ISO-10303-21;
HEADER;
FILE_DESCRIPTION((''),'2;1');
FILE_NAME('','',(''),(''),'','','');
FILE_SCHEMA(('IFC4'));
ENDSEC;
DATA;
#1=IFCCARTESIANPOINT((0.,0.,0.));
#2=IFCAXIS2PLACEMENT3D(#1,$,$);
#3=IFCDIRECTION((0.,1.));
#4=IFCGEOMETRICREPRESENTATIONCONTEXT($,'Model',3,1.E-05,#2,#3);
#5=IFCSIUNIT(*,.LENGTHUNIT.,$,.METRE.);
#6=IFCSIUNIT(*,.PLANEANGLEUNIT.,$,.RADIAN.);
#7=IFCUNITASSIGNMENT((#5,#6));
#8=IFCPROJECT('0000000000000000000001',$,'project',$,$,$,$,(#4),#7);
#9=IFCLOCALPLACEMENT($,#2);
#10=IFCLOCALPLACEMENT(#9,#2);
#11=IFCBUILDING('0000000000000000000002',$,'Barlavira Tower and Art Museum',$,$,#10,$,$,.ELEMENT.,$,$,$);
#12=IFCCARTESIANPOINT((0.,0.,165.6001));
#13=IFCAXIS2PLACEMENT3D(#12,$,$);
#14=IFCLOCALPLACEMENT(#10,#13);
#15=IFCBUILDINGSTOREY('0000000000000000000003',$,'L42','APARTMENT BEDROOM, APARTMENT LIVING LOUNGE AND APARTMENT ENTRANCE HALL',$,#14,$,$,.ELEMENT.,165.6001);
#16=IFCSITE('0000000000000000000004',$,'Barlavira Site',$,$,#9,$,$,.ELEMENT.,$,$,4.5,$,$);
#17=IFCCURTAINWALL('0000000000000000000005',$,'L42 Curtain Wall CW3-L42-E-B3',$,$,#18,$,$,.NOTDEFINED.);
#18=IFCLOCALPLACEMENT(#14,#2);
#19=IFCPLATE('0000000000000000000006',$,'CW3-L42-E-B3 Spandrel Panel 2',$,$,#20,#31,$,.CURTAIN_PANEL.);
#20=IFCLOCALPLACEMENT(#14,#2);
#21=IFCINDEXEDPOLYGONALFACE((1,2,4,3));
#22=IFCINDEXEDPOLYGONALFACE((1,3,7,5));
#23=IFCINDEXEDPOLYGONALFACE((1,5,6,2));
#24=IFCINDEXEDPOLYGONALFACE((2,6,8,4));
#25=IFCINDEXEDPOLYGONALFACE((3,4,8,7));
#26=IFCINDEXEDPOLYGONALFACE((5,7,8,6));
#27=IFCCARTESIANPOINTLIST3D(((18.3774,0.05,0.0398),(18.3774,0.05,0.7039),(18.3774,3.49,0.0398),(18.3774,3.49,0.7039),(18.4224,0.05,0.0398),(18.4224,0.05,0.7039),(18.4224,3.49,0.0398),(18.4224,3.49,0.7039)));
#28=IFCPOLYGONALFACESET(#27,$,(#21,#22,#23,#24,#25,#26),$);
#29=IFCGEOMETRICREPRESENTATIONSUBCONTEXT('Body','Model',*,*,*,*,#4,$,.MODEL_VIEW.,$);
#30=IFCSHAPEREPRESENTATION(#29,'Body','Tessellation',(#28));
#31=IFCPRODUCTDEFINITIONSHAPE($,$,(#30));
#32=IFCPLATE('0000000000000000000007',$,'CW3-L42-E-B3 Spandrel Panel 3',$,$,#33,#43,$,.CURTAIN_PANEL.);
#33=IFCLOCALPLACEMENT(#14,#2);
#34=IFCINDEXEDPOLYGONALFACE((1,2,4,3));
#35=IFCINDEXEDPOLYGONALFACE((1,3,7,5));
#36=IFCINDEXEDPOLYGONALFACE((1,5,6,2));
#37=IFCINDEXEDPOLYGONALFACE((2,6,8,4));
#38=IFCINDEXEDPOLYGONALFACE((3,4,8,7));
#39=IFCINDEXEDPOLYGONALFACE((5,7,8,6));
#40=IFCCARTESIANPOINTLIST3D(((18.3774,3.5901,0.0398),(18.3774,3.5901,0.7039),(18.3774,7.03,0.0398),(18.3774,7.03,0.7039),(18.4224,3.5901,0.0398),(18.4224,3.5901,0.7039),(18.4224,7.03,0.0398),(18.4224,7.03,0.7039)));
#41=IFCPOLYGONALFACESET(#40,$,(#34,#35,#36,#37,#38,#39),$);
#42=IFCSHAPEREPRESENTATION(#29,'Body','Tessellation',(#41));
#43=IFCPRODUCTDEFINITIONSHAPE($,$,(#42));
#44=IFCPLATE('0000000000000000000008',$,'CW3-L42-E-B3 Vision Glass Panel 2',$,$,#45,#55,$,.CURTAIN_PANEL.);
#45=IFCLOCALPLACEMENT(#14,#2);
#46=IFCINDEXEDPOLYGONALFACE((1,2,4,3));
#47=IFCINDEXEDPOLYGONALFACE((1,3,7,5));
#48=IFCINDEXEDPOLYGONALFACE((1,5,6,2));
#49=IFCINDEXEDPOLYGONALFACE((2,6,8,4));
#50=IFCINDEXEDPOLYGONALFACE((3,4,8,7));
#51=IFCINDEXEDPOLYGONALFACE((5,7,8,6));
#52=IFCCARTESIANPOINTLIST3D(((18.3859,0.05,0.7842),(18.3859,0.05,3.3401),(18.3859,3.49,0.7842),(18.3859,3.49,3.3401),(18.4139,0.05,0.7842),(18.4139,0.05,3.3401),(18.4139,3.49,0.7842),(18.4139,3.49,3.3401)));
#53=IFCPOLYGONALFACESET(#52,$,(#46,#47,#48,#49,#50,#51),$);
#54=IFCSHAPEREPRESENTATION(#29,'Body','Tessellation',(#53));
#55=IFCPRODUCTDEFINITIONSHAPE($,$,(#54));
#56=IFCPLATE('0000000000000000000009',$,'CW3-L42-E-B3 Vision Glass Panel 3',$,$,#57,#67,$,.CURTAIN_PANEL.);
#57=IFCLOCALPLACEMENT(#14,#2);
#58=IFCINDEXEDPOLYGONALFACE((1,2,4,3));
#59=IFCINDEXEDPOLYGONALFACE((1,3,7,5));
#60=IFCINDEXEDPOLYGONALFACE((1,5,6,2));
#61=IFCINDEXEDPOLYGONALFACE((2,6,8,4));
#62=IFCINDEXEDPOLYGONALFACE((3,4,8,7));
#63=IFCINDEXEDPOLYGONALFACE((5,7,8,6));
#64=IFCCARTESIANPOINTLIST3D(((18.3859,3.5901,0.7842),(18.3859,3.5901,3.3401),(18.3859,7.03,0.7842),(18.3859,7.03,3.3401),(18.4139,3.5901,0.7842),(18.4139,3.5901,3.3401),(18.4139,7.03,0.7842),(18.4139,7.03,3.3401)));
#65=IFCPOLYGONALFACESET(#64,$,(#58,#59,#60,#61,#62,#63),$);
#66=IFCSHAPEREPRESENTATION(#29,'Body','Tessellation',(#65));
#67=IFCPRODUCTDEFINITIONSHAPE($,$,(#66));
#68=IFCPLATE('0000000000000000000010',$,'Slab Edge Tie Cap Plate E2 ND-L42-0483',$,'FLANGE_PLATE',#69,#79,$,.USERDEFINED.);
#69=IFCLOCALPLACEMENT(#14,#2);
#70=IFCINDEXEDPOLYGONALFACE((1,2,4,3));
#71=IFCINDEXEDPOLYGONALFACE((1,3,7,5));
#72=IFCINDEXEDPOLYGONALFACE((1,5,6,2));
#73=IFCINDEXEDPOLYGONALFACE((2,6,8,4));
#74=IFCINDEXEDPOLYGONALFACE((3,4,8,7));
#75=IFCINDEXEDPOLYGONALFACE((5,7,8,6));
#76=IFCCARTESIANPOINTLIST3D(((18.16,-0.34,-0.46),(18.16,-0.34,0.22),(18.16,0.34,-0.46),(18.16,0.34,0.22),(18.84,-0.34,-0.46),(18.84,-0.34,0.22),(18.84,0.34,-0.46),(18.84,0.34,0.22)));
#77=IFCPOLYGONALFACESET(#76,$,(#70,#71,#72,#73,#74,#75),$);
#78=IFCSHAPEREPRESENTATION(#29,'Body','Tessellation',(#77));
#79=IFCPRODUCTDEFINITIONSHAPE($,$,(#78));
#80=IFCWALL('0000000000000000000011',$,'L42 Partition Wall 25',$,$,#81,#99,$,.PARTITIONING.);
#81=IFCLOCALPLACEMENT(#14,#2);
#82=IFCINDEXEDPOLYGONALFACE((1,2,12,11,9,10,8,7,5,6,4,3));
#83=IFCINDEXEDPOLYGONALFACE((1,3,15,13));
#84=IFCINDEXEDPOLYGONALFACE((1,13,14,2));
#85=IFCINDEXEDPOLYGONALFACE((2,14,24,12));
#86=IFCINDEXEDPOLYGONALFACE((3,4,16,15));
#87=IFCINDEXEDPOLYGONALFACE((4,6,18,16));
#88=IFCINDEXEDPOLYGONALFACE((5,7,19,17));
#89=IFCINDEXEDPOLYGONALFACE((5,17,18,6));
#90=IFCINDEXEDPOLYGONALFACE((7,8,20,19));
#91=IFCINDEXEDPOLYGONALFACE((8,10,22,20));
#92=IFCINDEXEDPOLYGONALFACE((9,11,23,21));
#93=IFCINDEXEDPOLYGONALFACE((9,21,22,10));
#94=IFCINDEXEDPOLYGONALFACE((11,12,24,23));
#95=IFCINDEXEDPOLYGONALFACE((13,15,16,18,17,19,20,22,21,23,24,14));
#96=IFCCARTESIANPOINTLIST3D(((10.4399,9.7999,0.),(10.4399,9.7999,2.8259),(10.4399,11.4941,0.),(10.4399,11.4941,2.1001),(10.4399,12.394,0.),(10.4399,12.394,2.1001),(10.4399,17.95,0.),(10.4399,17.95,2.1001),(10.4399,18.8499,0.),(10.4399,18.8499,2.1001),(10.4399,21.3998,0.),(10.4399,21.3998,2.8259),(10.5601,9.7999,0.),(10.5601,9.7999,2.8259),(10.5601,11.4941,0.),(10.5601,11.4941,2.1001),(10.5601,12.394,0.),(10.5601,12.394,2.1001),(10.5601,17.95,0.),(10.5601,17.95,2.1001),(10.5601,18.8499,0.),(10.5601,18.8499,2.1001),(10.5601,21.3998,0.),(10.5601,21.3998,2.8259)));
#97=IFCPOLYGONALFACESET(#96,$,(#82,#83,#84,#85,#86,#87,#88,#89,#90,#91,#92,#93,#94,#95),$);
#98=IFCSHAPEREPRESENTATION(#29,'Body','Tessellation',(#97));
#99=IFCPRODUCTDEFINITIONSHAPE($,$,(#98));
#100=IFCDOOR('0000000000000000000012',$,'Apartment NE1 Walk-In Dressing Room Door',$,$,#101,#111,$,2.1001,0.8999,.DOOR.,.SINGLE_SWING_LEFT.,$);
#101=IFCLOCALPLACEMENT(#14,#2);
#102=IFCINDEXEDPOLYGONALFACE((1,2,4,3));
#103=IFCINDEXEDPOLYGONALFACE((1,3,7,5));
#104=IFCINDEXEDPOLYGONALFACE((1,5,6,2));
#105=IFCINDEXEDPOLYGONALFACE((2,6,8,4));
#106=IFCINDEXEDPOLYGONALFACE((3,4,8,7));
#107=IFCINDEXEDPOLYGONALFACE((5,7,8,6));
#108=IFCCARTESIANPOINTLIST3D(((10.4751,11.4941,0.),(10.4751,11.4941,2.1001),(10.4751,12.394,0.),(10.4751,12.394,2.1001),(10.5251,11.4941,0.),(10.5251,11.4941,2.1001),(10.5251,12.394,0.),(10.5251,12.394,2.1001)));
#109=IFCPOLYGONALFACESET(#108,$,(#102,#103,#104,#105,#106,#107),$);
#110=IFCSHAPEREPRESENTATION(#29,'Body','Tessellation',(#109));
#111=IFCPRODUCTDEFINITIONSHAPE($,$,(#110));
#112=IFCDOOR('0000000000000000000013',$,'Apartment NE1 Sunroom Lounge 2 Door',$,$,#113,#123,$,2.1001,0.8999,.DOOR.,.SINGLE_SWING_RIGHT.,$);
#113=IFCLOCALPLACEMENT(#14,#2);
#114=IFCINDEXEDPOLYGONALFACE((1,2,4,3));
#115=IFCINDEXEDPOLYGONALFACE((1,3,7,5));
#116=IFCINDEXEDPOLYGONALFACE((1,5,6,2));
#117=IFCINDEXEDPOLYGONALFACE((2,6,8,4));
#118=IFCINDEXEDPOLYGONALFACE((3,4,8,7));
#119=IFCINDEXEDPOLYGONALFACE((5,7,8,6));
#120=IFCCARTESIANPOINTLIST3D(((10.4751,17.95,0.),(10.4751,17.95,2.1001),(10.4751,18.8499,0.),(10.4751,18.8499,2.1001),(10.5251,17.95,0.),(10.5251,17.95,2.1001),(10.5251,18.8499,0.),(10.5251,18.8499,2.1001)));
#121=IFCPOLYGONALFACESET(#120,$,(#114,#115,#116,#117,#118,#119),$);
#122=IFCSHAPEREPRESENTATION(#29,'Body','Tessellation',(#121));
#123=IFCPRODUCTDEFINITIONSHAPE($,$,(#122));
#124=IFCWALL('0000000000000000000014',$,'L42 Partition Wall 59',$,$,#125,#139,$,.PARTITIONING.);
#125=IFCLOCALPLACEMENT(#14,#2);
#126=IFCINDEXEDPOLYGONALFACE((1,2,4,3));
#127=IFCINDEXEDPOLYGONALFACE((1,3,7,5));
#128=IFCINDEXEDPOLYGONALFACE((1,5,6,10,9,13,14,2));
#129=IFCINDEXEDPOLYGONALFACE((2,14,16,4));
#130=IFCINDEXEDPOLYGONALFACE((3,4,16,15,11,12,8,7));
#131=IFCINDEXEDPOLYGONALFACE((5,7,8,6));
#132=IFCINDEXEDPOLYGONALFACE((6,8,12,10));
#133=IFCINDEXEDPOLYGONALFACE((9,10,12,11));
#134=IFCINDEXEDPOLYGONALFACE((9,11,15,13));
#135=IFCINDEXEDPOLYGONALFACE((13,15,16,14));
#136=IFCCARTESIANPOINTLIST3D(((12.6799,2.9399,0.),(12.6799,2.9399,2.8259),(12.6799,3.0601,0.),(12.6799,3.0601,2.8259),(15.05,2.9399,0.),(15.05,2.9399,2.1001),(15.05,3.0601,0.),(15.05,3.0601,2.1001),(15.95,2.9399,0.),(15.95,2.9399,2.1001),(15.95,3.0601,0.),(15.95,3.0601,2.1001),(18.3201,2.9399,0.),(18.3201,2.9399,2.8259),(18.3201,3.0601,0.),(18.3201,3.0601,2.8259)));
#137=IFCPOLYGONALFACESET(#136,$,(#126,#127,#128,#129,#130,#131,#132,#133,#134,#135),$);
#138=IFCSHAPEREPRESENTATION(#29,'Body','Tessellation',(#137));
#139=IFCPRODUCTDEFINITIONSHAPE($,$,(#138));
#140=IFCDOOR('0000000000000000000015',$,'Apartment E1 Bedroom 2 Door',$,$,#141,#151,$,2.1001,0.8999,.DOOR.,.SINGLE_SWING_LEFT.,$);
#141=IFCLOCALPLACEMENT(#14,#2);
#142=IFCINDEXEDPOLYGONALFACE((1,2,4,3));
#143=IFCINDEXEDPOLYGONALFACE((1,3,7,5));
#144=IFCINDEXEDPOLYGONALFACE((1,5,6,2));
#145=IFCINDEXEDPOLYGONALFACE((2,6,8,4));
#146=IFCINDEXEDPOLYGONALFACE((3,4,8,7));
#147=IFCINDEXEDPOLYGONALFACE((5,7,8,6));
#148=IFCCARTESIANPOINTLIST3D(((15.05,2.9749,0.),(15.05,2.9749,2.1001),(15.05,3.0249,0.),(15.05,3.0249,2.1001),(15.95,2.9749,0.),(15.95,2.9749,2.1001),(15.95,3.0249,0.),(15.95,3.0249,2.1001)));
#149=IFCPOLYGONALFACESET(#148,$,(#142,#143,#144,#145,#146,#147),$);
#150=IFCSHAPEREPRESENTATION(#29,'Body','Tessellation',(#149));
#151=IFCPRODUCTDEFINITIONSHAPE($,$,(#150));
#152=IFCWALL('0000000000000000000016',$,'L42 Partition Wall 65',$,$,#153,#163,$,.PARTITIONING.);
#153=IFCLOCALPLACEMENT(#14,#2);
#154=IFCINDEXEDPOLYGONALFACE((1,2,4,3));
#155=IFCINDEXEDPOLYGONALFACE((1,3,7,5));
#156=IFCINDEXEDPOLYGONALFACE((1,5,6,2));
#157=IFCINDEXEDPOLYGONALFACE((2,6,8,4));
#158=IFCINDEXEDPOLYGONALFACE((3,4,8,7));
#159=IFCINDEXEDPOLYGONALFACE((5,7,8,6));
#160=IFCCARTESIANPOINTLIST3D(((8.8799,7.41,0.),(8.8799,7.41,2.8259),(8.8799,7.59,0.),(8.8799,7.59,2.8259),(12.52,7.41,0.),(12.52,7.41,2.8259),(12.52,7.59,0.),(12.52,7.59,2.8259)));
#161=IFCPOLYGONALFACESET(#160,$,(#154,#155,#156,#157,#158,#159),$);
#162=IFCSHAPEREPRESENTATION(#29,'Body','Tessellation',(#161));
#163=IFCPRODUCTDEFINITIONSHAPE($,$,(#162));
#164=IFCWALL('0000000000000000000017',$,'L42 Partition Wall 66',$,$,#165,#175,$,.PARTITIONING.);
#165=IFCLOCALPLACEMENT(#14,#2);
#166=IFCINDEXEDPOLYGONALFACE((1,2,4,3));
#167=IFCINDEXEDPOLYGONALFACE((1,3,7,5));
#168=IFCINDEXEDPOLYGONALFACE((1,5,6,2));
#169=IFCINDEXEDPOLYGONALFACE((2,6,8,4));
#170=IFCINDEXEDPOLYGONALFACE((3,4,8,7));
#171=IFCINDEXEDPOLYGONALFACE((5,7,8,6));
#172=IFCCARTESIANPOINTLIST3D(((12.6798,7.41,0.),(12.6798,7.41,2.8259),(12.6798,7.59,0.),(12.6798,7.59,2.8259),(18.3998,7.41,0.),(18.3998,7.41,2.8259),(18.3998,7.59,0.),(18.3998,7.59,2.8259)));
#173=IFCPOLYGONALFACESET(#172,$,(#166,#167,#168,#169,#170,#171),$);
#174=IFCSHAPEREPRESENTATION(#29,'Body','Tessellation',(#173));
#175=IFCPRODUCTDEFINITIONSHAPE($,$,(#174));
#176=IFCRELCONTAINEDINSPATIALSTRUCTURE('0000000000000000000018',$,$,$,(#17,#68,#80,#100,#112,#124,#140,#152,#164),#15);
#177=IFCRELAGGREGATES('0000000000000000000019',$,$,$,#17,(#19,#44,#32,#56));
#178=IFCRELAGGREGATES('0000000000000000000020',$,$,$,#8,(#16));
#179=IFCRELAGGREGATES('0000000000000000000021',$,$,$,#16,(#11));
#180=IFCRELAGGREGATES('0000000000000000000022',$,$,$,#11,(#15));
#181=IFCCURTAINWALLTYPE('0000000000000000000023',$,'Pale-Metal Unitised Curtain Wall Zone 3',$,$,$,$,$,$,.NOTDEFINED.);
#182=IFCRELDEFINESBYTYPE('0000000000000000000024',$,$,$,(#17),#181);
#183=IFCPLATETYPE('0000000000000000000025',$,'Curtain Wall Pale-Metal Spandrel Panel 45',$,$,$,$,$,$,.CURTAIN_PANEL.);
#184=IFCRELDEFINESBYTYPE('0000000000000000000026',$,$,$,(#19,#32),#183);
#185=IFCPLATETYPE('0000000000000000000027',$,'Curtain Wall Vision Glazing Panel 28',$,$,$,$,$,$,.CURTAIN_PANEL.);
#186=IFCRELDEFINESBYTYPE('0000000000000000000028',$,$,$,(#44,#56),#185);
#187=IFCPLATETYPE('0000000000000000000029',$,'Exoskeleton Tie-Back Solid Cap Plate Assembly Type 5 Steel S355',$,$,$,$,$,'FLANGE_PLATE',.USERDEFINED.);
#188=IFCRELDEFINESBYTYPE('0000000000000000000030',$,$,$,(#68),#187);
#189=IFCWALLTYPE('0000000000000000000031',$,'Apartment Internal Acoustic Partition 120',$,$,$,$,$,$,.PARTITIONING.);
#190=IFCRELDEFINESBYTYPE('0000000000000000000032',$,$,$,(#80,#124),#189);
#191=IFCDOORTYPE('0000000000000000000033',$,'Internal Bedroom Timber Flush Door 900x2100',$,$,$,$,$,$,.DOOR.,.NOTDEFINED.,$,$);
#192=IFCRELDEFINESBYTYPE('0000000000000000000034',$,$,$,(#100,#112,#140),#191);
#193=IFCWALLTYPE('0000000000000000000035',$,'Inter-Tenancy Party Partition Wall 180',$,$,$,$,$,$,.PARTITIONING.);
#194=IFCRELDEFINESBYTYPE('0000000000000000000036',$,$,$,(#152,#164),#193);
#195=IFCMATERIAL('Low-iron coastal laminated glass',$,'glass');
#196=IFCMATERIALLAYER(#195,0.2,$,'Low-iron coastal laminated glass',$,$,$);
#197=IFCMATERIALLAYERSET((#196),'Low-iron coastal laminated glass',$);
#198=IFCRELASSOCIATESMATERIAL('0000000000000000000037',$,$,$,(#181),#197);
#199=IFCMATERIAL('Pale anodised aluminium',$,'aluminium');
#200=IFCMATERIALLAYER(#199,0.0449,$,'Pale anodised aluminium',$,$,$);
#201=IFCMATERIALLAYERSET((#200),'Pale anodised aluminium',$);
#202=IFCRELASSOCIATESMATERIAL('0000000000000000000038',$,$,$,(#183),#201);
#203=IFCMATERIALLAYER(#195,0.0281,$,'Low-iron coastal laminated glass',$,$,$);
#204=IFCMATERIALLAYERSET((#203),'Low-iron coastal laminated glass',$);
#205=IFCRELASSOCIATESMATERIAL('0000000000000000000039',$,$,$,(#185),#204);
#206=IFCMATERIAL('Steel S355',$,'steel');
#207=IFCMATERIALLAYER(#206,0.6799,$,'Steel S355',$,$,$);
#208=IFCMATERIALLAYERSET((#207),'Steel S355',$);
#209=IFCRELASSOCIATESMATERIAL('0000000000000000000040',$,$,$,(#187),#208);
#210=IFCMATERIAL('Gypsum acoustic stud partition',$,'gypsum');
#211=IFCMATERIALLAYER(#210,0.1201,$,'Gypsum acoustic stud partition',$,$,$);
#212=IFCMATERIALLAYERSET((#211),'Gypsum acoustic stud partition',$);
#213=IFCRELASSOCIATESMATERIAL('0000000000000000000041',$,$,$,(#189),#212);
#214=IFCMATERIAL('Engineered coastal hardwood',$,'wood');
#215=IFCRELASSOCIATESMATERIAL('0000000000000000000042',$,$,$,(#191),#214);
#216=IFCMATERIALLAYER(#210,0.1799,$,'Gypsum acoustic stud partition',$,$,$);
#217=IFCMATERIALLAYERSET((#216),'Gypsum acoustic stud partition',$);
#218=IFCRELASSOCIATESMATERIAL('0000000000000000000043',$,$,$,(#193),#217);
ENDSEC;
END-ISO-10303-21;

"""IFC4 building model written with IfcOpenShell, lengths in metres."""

from ifc_helpers import new_model, si_unit, direction, frame, frame_2d, origin, origin_2d, place, context, subcontext, project, spatial, rectangle, extrude, material, layer, layer_set, type_object, element, fill, aggregate, save


model = new_model("IFC4")

# Units and contexts
model_context = context("Model", 3, precision=1e-05, world=origin(), true_north=direction((0.0, 1.0)))
body_context = subcontext(model_context, "Body", "Model", "MODEL_VIEW")
ifc_project = project(units=[si_unit("LENGTHUNIT", "METRE"), si_unit("PLANEANGLEUNIT", "RADIAN")], contexts=[model_context])

# Site, building, storey
site_placement = place(None, origin())
site = spatial("IfcSite", under=ifc_project, at=site_placement, Name="Barlavira Site", CompositionType="ELEMENT", RefElevation=4.5)
building_placement = place(site_placement, origin())
building = spatial("IfcBuilding", under=site, at=building_placement, Name="Barlavira Tower and Art Museum", CompositionType="ELEMENT")
storey_placement = place(building_placement, frame((0.0, 0.0, 165.6001)))
storey = spatial("IfcBuildingStorey", under=building, at=storey_placement, Name="L42", Description="APARTMENT BEDROOM, APARTMENT LIVING LOUNGE AND APARTMENT ENTRANCE HALL", CompositionType="ELEMENT", Elevation=165.6001)

# Curtain wall
ifc_material_1 = material(Name="Low-iron coastal laminated glass", Category="glass")
ifc_layer_1 = layer(ifc_material_1, 0.2, Name="Low-iron coastal laminated glass")
ifc_layer_set_1 = layer_set([ifc_layer_1], Name="Low-iron coastal laminated glass")
curtain_wall_type = type_object("IfcCurtainWallType", Name="Pale-Metal Unitised Curtain Wall Zone 3", PredefinedType="NOTDEFINED", material=ifc_layer_set_1)
curtain_wall_placement = place(storey_placement, origin())
curtain_wall = element("IfcCurtainWall", 1, at=curtain_wall_placement, inside=storey, type_object=curtain_wall_type, Name="L42 Curtain Wall CW3-L42-E-B3", PredefinedType="NOTDEFINED")
ifc_material_2 = material(Name="Pale anodised aluminium", Category="aluminium")

# Shared definitions
ifc_material_3 = material(Name="Steel S355", Category="steel")

# Plates
ifc_layer_2 = layer(ifc_material_2, 0.0449, Name="Pale anodised aluminium")
ifc_layer_set_2 = layer_set([ifc_layer_2], Name="Pale anodised aluminium")
plate_type_1 = type_object("IfcPlateType", Name="Curtain Wall Pale-Metal Spandrel Panel 45", PredefinedType="CURTAIN_PANEL", material=ifc_layer_set_2)
plate_1_placement = place(storey_placement, frame((18.3999, 1.77, 0.0398), z_axis=(0.0, 0.0, 1.0), x_axis=(0.0, 1.0, 0.0)))
plate_1 = element("IfcPlate", 2, at=plate_1_placement, type_object=plate_type_1, Name="CW3-L42-E-B3 Spandrel Panel 2", PredefinedType="CURTAIN_PANEL", context=body_context, shape_type="SweptSolid", body=[
    extrude(rectangle(XDim=3.4399, YDim=0.0449, at=origin_2d()), origin(), (0.0, 0.0, 1.0), 0.6641),
])
plate_2_placement = place(storey_placement, frame((18.3999, 5.3101, 0.0398), z_axis=(0.0, 0.0, 1.0), x_axis=(0.0, 1.0, 0.0)))
plate_2 = element("IfcPlate", 3, at=plate_2_placement, type_object=plate_type_1, Name="CW3-L42-E-B3 Spandrel Panel 3", PredefinedType="CURTAIN_PANEL", context=body_context, shape_type="SweptSolid", body=[
    extrude(rectangle(XDim=3.4399, YDim=0.0449, at=origin_2d()), origin(), (0.0, 0.0, 1.0), 0.6641),
])
ifc_layer_3 = layer(ifc_material_1, 0.0281, Name="Low-iron coastal laminated glass")
ifc_layer_set_3 = layer_set([ifc_layer_3], Name="Low-iron coastal laminated glass")
plate_type_2 = type_object("IfcPlateType", Name="Curtain Wall Vision Glazing Panel 28", PredefinedType="CURTAIN_PANEL", material=ifc_layer_set_3)
plate_3_placement = place(storey_placement, frame((18.3999, 1.77, 0.7842), z_axis=(0.0, 0.0, 1.0), x_axis=(0.0, 1.0, 0.0)))
plate_3 = element("IfcPlate", 4, at=plate_3_placement, type_object=plate_type_2, Name="CW3-L42-E-B3 Vision Glass Panel 2", PredefinedType="CURTAIN_PANEL", context=body_context, shape_type="SweptSolid", body=[
    extrude(rectangle(XDim=3.4399, YDim=0.0281, at=origin_2d()), origin(), (0.0, 0.0, 1.0), 2.5559),
])
plate_4_placement = place(storey_placement, frame((18.3999, 5.3101, 0.7842), z_axis=(0.0, 0.0, 1.0), x_axis=(0.0, 1.0, 0.0)))
plate_4 = element("IfcPlate", 5, at=plate_4_placement, type_object=plate_type_2, Name="CW3-L42-E-B3 Vision Glass Panel 3", PredefinedType="CURTAIN_PANEL", context=body_context, shape_type="SweptSolid", body=[
    extrude(rectangle(XDim=3.4399, YDim=0.0281, at=origin_2d()), origin(), (0.0, 0.0, 1.0), 2.5559),
])
aggregate(curtain_wall, [plate_1, plate_3, plate_2, plate_4])
ifc_layer_4 = layer(ifc_material_3, 0.6799, Name="Steel S355")
ifc_layer_set_4 = layer_set([ifc_layer_4], Name="Steel S355")
plate_type_3 = type_object("IfcPlateType", Name="Exoskeleton Tie-Back Solid Cap Plate Assembly Type 5 Steel S355", ElementType="FLANGE_PLATE", PredefinedType="USERDEFINED", material=ifc_layer_set_4)
plate_5_placement = place(storey_placement, frame((18.5, 0.0, -0.46), z_axis=(0.0, 0.0, 1.0), x_axis=(1.0, 0.0, 0.0)))
element("IfcPlate", 6, at=plate_5_placement, inside=storey, type_object=plate_type_3, Name="Slab Edge Tie Cap Plate E2 ND-L42-0483", ObjectType="FLANGE_PLATE", PredefinedType="USERDEFINED", context=body_context, shape_type="SweptSolid", body=[
    extrude(rectangle(XDim=0.6799, YDim=0.6799, at=origin_2d()), origin(), (0.0, 0.0, 1.0), 0.6799),
])

# Wall, openings, doors
ifc_material_4 = material(Name="Gypsum acoustic stud partition", Category="gypsum")
ifc_layer_5 = layer(ifc_material_4, 0.1201, Name="Gypsum acoustic stud partition")
ifc_layer_set_5 = layer_set([ifc_layer_5], Name="Gypsum acoustic stud partition")
wall_type_1 = type_object("IfcWallType", Name="Apartment Internal Acoustic Partition 120", PredefinedType="PARTITIONING", material=ifc_layer_set_5)
wall_1_placement = place(storey_placement, frame((10.5, 9.8, 0.0), z_axis=(0.0, 0.0, 1.0), x_axis=(0.0, 1.0, 0.0)))
wall_1 = element("IfcWall", 7, at=wall_1_placement, inside=storey, type_object=wall_type_1, Name="L42 Partition Wall 25", PredefinedType="PARTITIONING", context=body_context, shape_type="SweptSolid", body=[
    extrude(rectangle(XDim=11.5999, YDim=0.1201, at=frame_2d((5.7998, 0.0))), origin(), (0.0, 0.0, 1.0), 2.8259),
])
opening_1_placement = place(wall_1_placement, frame((1.6941, 0.0, 0.0)))
opening_1 = element("IfcOpeningElement", 8, at=opening_1_placement, cuts=wall_1, PredefinedType="OPENING", context=body_context, shape_type="SweptSolid", body=[
    extrude(rectangle(XDim=0.8999, YDim=2.1001, at=frame_2d((0.45, 1.05))), frame((0.0, 0.0701, 0.0), z_axis=(0.0, -1.0, 0.0), x_axis=(1.0, 0.0, 0.0)), (0.0, 0.0, 1.0), 0.1401),
])
opening_2_placement = place(wall_1_placement, frame((8.1499, 0.0, 0.0)))
opening_2 = element("IfcOpeningElement", 9, at=opening_2_placement, cuts=wall_1, PredefinedType="OPENING", context=body_context, shape_type="SweptSolid", body=[
    extrude(rectangle(XDim=0.8999, YDim=2.1001, at=frame_2d((0.45, 1.05))), frame((0.0, 0.0701, 0.0), z_axis=(0.0, -1.0, 0.0), x_axis=(1.0, 0.0, 0.0)), (0.0, 0.0, 1.0), 0.1401),
])
ifc_material_5 = material(Name="Engineered coastal hardwood", Category="wood")
door_type = type_object("IfcDoorType", Name="Internal Bedroom Timber Flush Door 900x2100", OperationType="NOTDEFINED", PredefinedType="DOOR", material=ifc_material_5)
door_1_placement = place(opening_1_placement, origin())
door_1 = element("IfcDoor", 10, at=door_1_placement, inside=storey, type_object=door_type, Name="Apartment NE1 Walk-In Dressing Room Door", OperationType="SINGLE_SWING_LEFT", OverallHeight=2.1001, OverallWidth=0.8999, PredefinedType="DOOR", context=body_context, shape_type="SweptSolid", body=[
    extrude(rectangle(XDim=0.8999, YDim=2.1001, at=frame_2d((0.45, 1.05))), frame((0.0, 0.0249, 0.0), z_axis=(0.0, -1.0, 0.0), x_axis=(1.0, 0.0, 0.0)), (0.0, 0.0, 1.0), 0.05),
])
fill(opening_1, door_1)
door_2_placement = place(opening_2_placement, origin())
door_2 = element("IfcDoor", 11, at=door_2_placement, inside=storey, type_object=door_type, Name="Apartment NE1 Sunroom Lounge 2 Door", OperationType="SINGLE_SWING_RIGHT", OverallHeight=2.1001, OverallWidth=0.8999, PredefinedType="DOOR", context=body_context, shape_type="SweptSolid", body=[
    extrude(rectangle(XDim=0.8999, YDim=2.1001, at=frame_2d((0.45, 1.05))), frame((0.0, 0.0249, 0.0), z_axis=(0.0, -1.0, 0.0), x_axis=(1.0, 0.0, 0.0)), (0.0, 0.0, 1.0), 0.05),
])
fill(opening_2, door_2)

# Wall, opening, door
wall_2_placement = place(storey_placement, frame((12.6799, 3.0, 0.0), z_axis=(0.0, 0.0, 1.0), x_axis=(1.0, 0.0, 0.0)))
wall_2 = element("IfcWall", 12, at=wall_2_placement, inside=storey, type_object=wall_type_1, Name="L42 Partition Wall 59", PredefinedType="PARTITIONING", context=body_context, shape_type="SweptSolid", body=[
    extrude(rectangle(XDim=5.6401, YDim=0.1201, at=frame_2d((2.8201, 0.0))), origin(), (0.0, 0.0, 1.0), 2.8259),
])
opening_3_placement = place(wall_2_placement, frame((2.3701, 0.0, 0.0)))
opening_3 = element("IfcOpeningElement", 13, at=opening_3_placement, cuts=wall_2, PredefinedType="OPENING", context=body_context, shape_type="SweptSolid", body=[
    extrude(rectangle(XDim=0.8999, YDim=2.1001, at=frame_2d((0.45, 1.05))), frame((0.0, 0.0701, 0.0), z_axis=(0.0, -1.0, 0.0), x_axis=(1.0, 0.0, 0.0)), (0.0, 0.0, 1.0), 0.1401),
])
door_3_placement = place(opening_3_placement, origin())
door_3 = element("IfcDoor", 14, at=door_3_placement, inside=storey, type_object=door_type, Name="Apartment E1 Bedroom 2 Door", OperationType="SINGLE_SWING_LEFT", OverallHeight=2.1001, OverallWidth=0.8999, PredefinedType="DOOR", context=body_context, shape_type="SweptSolid", body=[
    extrude(rectangle(XDim=0.8999, YDim=2.1001, at=frame_2d((0.45, 1.05))), frame((0.0, 0.0249, 0.0), z_axis=(0.0, -1.0, 0.0), x_axis=(1.0, 0.0, 0.0)), (0.0, 0.0, 1.0), 0.05),
])
fill(opening_3, door_3)

# Walls
ifc_layer_6 = layer(ifc_material_4, 0.1799, Name="Gypsum acoustic stud partition")
ifc_layer_set_6 = layer_set([ifc_layer_6], Name="Gypsum acoustic stud partition")
wall_type_2 = type_object("IfcWallType", Name="Inter-Tenancy Party Partition Wall 180", PredefinedType="PARTITIONING", material=ifc_layer_set_6)
wall_3_placement = place(storey_placement, frame((8.8799, 7.5, 0.0), z_axis=(0.0, 0.0, 1.0), x_axis=(1.0, 0.0, 0.0)))
element("IfcWall", 15, at=wall_3_placement, inside=storey, type_object=wall_type_2, Name="L42 Partition Wall 65", PredefinedType="PARTITIONING", context=body_context, shape_type="SweptSolid", body=[
    extrude(rectangle(XDim=3.6401, YDim=0.1799, at=frame_2d((1.8201, 0.0))), origin(), (0.0, 0.0, 1.0), 2.8259),
])
wall_4_placement = place(storey_placement, frame((12.6799, 7.5, 0.0), z_axis=(0.0, 0.0, 1.0), x_axis=(1.0, 0.0, 0.0)))
element("IfcWall", 16, at=wall_4_placement, inside=storey, type_object=wall_type_2, Name="L42 Partition Wall 66", PredefinedType="PARTITIONING", context=body_context, shape_type="SweptSolid", body=[
    extrude(rectangle(XDim=5.72, YDim=0.1799, at=frame_2d((2.8599, 0.0))), origin(), (0.0, 0.0, 1.0), 2.8259),
])

save(model, "model.ifc")
